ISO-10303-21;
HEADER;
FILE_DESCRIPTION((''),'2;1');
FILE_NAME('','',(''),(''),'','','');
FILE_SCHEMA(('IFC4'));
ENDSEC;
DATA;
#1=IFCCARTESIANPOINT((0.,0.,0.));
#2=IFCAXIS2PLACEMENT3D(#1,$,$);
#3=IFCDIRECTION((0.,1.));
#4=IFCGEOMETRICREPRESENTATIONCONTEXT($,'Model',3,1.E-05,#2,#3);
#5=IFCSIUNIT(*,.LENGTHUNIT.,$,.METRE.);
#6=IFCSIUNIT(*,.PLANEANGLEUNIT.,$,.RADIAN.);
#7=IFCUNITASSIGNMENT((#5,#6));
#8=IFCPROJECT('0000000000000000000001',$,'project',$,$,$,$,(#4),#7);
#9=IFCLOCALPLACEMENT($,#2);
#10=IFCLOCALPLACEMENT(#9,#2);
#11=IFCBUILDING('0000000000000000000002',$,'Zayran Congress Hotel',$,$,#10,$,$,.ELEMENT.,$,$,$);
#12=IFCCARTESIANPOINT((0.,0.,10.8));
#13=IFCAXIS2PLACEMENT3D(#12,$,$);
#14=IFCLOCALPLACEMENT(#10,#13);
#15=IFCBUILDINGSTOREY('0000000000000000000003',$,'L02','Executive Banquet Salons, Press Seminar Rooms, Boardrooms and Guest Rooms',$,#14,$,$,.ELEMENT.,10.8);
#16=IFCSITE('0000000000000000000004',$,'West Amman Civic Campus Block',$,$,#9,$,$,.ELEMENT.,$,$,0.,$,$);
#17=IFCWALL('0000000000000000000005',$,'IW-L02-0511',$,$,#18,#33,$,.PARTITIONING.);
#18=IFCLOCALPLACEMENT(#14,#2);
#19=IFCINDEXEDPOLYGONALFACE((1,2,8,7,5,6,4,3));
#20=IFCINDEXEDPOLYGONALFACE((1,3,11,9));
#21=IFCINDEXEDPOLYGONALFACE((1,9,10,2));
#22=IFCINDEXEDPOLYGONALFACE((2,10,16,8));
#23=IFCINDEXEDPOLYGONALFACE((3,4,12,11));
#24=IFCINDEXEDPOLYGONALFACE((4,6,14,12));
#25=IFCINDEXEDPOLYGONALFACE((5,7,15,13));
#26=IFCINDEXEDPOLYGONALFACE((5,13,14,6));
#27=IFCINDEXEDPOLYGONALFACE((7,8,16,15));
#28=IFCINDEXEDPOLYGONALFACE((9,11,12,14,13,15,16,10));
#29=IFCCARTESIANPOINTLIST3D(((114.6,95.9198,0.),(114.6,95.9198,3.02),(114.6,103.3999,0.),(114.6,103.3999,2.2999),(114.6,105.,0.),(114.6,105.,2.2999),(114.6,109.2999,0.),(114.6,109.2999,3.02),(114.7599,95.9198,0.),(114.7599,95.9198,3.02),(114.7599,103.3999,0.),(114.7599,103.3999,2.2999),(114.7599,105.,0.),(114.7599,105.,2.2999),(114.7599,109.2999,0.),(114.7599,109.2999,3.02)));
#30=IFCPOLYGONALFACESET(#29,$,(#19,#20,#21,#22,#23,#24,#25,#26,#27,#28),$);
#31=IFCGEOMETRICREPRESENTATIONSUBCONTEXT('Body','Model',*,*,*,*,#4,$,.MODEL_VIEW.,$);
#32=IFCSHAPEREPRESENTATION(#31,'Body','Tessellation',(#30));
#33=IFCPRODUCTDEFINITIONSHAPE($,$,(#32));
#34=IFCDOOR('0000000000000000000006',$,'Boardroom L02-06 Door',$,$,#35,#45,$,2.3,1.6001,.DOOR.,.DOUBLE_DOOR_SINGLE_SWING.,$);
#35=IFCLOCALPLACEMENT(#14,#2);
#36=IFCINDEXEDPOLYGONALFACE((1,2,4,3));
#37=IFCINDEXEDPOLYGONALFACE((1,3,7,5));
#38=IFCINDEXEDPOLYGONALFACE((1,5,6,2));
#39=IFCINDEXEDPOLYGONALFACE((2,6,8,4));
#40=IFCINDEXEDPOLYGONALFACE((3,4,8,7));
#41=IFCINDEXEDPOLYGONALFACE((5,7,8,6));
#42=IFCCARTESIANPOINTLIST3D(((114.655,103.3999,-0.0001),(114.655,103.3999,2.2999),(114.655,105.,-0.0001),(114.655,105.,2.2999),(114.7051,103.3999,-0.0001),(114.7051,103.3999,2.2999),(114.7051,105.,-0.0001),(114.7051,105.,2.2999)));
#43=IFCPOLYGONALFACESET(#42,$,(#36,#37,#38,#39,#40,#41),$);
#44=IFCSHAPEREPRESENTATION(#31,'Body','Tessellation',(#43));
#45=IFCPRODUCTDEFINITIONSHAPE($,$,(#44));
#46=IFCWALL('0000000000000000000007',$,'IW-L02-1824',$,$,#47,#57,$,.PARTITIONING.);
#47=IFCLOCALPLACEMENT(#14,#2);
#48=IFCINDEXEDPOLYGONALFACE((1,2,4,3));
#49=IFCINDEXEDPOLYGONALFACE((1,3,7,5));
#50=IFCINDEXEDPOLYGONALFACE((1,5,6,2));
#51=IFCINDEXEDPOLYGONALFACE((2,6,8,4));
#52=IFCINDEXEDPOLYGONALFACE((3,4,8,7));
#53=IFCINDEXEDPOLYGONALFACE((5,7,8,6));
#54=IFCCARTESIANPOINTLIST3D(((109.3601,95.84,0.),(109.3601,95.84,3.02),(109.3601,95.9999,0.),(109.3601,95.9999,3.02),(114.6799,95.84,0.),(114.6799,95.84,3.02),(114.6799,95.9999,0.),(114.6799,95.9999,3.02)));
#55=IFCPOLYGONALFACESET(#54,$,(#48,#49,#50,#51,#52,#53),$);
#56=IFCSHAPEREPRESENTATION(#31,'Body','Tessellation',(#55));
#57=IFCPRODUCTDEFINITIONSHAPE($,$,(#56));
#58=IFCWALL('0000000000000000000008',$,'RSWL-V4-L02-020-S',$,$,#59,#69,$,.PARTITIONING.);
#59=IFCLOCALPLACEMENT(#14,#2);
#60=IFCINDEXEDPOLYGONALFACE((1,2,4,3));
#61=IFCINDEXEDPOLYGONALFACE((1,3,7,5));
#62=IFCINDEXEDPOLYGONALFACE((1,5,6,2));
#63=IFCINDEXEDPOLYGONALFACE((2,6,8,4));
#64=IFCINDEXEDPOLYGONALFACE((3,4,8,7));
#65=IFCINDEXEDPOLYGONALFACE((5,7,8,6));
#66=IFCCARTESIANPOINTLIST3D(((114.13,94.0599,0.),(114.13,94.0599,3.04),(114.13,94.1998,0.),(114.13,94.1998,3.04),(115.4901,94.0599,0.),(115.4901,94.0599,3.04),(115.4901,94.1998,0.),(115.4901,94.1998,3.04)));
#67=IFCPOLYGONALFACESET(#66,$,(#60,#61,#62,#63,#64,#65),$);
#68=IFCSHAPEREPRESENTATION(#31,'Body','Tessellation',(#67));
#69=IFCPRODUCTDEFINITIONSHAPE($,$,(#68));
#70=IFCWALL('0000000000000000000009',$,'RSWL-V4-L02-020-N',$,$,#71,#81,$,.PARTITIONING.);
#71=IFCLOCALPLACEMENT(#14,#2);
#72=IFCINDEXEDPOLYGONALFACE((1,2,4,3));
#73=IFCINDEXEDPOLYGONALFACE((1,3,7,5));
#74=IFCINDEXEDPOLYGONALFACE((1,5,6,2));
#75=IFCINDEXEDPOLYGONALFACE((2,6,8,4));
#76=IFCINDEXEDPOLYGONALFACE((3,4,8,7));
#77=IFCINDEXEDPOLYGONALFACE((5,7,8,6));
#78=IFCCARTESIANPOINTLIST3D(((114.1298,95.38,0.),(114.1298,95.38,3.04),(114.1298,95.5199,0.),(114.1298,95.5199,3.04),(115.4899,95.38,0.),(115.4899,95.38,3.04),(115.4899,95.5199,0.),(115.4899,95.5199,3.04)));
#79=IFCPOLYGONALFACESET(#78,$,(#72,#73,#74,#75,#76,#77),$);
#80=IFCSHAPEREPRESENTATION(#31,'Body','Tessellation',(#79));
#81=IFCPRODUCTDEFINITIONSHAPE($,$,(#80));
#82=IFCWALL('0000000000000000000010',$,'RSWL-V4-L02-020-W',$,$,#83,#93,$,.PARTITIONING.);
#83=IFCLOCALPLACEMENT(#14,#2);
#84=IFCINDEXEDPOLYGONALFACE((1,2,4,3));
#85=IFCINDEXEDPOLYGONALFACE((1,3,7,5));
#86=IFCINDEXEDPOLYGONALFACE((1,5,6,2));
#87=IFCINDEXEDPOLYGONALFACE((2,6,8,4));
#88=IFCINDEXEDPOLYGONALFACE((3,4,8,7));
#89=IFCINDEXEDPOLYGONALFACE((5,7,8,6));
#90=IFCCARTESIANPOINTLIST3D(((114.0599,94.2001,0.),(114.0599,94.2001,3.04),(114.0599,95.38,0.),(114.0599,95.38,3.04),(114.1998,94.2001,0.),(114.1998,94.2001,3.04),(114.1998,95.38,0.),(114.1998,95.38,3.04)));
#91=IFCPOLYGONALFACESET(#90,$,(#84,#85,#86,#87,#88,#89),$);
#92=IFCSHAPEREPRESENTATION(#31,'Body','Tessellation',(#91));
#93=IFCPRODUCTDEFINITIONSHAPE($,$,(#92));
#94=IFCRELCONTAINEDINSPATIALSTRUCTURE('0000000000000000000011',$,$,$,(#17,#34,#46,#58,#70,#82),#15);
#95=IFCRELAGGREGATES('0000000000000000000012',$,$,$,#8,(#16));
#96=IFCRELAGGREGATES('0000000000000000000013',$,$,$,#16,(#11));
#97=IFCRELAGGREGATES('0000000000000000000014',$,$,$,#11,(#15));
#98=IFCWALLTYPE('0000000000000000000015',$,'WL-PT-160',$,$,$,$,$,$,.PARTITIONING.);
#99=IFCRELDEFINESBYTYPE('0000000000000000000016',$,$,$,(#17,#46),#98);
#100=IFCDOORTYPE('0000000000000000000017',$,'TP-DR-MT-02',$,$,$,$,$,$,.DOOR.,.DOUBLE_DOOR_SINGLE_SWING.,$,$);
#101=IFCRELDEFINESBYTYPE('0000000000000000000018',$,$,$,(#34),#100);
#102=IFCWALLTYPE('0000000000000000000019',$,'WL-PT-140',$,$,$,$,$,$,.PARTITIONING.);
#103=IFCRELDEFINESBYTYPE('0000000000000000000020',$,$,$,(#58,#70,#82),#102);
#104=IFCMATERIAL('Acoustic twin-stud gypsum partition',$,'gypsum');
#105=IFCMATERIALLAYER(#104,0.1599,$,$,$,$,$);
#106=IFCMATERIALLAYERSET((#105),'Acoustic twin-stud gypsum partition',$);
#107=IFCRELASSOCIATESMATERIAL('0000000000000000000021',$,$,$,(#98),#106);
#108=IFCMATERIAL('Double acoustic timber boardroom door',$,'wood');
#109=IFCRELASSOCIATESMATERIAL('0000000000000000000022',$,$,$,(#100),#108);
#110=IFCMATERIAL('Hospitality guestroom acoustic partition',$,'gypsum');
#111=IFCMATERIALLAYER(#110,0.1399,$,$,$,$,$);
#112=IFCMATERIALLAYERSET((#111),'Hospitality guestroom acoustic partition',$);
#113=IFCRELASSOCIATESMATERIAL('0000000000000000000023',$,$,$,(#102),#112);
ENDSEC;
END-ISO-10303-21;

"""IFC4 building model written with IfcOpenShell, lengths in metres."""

from ifc_helpers import new_model, si_unit, direction, frame, frame_2d, origin, place, context, subcontext, project, spatial, rectangle, extrude, material, layer, layer_set, type_object, element, fill, save


model = new_model("IFC4")

# Units and contexts
model_context = context("Model", 3, precision=1e-05, world=origin(), true_north=direction((0.0, 1.0)))
body_context = subcontext(model_context, "Body", "Model", "MODEL_VIEW")
ifc_project = project(units=[si_unit("LENGTHUNIT", "METRE"), si_unit("PLANEANGLEUNIT", "RADIAN")], contexts=[model_context])

# Site, building, storey
site_placement = place(None, origin())
site = spatial("IfcSite", under=ifc_project, at=site_placement, Name="West Amman Civic Campus Block", CompositionType="ELEMENT", RefElevation=0.0)
building_placement = place(site_placement, origin())
building = spatial("IfcBuilding", under=site, at=building_placement, Name="Zayran Congress Hotel", CompositionType="ELEMENT")
storey_placement = place(building_placement, frame((0.0, 0.0, 10.8)))
storey = spatial("IfcBuildingStorey", under=building, at=storey_placement, Name="L02", Description="Executive Banquet Salons, Press Seminar Rooms, Boardrooms and Guest Rooms", CompositionType="ELEMENT", Elevation=10.8)

# Wall, opening, door
ifc_material_1 = material(Name="Acoustic twin-stud gypsum partition", Category="gypsum")
ifc_layer_1 = layer(ifc_material_1, 0.1599)
ifc_layer_set_1 = layer_set([ifc_layer_1], Name="Acoustic twin-stud gypsum partition")
wall_type_1 = type_object("IfcWallType", Name="WL-PT-160", PredefinedType="PARTITIONING", material=ifc_layer_set_1)
wall_1_placement = place(storey_placement, frame((114.6799, 95.9199, 0.0), z_axis=(0.0, 0.0, 1.0), x_axis=(0.0, 1.0, 0.0)))
wall_1 = element("IfcWall", 1, at=wall_1_placement, inside=storey, type_object=wall_type_1, Name="IW-L02-0511", PredefinedType="PARTITIONING", context=body_context, shape_type="SweptSolid", body=[
    extrude(rectangle(XDim=13.3801, YDim=0.1599, at=frame_2d((6.6899, 0.0))), origin(), (0.0, 0.0, 1.0), 3.02),
])
opening_1_placement = place(wall_1_placement, frame((7.48, 0.0, 0.0)))
opening_1 = element("IfcOpeningElement", 2, at=opening_1_placement, cuts=wall_1, PredefinedType="OPENING", context=body_context, shape_type="SweptSolid", body=[
    extrude(rectangle(XDim=1.6001, YDim=2.3, at=frame_2d((0.8, 1.1499))), frame((0.0, 0.0898, 0.0), z_axis=(0.0, -1.0, 0.0), x_axis=(1.0, 0.0, 0.0)), (0.0, 0.0, 1.0), 0.1799),
])
ifc_material_2 = material(Name="Double acoustic timber boardroom door", Category="wood")
door_type = type_object("IfcDoorType", Name="TP-DR-MT-02", OperationType="DOUBLE_DOOR_SINGLE_SWING", PredefinedType="DOOR", material=ifc_material_2)
door_placement = place(opening_1_placement, origin())
door = element("IfcDoor", 3, at=door_placement, inside=storey, type_object=door_type, Name="Boardroom L02-06 Door", OperationType="DOUBLE_DOOR_SINGLE_SWING", OverallHeight=2.3, OverallWidth=1.6001, PredefinedType="DOOR", context=body_context, shape_type="SweptSolid", body=[
    extrude(rectangle(XDim=1.6001, YDim=2.3, at=frame_2d((0.8, 1.1499))), frame((0.0, 0.0249, 0.0), z_axis=(0.0, -1.0, 0.0), x_axis=(1.0, 0.0, 0.0)), (0.0, 0.0, 1.0), 0.05),
])
fill(opening_1, door)

# Walls
wall_2_placement = place(storey_placement, frame((109.3601, 95.9199, 0.0), z_axis=(0.0, 0.0, 1.0), x_axis=(1.0, 0.0, 0.0)))
element("IfcWall", 4, at=wall_2_placement, inside=storey, type_object=wall_type_1, Name="IW-L02-1824", PredefinedType="PARTITIONING", context=body_context, shape_type="SweptSolid", body=[
    extrude(rectangle(XDim=5.3198, YDim=0.1599, at=frame_2d((2.6599, 0.0))), origin(), (0.0, 0.0, 1.0), 3.02),
])
ifc_material_3 = material(Name="Hospitality guestroom acoustic partition", Category="gypsum")
ifc_layer_2 = layer(ifc_material_3, 0.1399)
ifc_layer_set_2 = layer_set([ifc_layer_2], Name="Hospitality guestroom acoustic partition")
wall_type_2 = type_object("IfcWallType", Name="WL-PT-140", PredefinedType="PARTITIONING", material=ifc_layer_set_2)
for number, where, z_axis, x_axis, name in (
    (5, (114.1299, 94.1299, 0.0), (0.0, 0.0, 1.0), (1.0, 0.0, 0.0), "RSWL-V4-L02-020-S"),
    (6, (115.49, 95.45, 0.0), (0.0, 0.0, 1.0), (-1.0, 0.0, 0.0), "RSWL-V4-L02-020-N"),
):
    element("IfcWall", number, at=place(storey_placement, frame(where, z_axis=z_axis, x_axis=x_axis)), inside=storey, type_object=wall_type_2, Name=name, PredefinedType="PARTITIONING", context=body_context, shape_type="SweptSolid", body=[
        extrude(rectangle(XDim=1.3601, YDim=0.1399, at=frame_2d((0.6802, 0.0))), origin(), (0.0, 0.0, 1.0), 3.04),
    ])
for number, where, z_axis, x_axis, name in (
    (7, (114.1299, 95.3799, 0.0), (0.0, 0.0, 1.0), (0.0, -1.0, 0.0), "RSWL-V4-L02-020-W"),
):
    element("IfcWall", number, at=place(storey_placement, frame(where, z_axis=z_axis, x_axis=x_axis)), inside=storey, type_object=wall_type_2, Name=name, PredefinedType="PARTITIONING", context=body_context, shape_type="SweptSolid", body=[
        extrude(rectangle(XDim=1.1799, YDim=0.1399, at=frame_2d((0.5898, 0.0))), origin(), (0.0, 0.0, 1.0), 3.04),
    ])

save(model, "model.ifc")
